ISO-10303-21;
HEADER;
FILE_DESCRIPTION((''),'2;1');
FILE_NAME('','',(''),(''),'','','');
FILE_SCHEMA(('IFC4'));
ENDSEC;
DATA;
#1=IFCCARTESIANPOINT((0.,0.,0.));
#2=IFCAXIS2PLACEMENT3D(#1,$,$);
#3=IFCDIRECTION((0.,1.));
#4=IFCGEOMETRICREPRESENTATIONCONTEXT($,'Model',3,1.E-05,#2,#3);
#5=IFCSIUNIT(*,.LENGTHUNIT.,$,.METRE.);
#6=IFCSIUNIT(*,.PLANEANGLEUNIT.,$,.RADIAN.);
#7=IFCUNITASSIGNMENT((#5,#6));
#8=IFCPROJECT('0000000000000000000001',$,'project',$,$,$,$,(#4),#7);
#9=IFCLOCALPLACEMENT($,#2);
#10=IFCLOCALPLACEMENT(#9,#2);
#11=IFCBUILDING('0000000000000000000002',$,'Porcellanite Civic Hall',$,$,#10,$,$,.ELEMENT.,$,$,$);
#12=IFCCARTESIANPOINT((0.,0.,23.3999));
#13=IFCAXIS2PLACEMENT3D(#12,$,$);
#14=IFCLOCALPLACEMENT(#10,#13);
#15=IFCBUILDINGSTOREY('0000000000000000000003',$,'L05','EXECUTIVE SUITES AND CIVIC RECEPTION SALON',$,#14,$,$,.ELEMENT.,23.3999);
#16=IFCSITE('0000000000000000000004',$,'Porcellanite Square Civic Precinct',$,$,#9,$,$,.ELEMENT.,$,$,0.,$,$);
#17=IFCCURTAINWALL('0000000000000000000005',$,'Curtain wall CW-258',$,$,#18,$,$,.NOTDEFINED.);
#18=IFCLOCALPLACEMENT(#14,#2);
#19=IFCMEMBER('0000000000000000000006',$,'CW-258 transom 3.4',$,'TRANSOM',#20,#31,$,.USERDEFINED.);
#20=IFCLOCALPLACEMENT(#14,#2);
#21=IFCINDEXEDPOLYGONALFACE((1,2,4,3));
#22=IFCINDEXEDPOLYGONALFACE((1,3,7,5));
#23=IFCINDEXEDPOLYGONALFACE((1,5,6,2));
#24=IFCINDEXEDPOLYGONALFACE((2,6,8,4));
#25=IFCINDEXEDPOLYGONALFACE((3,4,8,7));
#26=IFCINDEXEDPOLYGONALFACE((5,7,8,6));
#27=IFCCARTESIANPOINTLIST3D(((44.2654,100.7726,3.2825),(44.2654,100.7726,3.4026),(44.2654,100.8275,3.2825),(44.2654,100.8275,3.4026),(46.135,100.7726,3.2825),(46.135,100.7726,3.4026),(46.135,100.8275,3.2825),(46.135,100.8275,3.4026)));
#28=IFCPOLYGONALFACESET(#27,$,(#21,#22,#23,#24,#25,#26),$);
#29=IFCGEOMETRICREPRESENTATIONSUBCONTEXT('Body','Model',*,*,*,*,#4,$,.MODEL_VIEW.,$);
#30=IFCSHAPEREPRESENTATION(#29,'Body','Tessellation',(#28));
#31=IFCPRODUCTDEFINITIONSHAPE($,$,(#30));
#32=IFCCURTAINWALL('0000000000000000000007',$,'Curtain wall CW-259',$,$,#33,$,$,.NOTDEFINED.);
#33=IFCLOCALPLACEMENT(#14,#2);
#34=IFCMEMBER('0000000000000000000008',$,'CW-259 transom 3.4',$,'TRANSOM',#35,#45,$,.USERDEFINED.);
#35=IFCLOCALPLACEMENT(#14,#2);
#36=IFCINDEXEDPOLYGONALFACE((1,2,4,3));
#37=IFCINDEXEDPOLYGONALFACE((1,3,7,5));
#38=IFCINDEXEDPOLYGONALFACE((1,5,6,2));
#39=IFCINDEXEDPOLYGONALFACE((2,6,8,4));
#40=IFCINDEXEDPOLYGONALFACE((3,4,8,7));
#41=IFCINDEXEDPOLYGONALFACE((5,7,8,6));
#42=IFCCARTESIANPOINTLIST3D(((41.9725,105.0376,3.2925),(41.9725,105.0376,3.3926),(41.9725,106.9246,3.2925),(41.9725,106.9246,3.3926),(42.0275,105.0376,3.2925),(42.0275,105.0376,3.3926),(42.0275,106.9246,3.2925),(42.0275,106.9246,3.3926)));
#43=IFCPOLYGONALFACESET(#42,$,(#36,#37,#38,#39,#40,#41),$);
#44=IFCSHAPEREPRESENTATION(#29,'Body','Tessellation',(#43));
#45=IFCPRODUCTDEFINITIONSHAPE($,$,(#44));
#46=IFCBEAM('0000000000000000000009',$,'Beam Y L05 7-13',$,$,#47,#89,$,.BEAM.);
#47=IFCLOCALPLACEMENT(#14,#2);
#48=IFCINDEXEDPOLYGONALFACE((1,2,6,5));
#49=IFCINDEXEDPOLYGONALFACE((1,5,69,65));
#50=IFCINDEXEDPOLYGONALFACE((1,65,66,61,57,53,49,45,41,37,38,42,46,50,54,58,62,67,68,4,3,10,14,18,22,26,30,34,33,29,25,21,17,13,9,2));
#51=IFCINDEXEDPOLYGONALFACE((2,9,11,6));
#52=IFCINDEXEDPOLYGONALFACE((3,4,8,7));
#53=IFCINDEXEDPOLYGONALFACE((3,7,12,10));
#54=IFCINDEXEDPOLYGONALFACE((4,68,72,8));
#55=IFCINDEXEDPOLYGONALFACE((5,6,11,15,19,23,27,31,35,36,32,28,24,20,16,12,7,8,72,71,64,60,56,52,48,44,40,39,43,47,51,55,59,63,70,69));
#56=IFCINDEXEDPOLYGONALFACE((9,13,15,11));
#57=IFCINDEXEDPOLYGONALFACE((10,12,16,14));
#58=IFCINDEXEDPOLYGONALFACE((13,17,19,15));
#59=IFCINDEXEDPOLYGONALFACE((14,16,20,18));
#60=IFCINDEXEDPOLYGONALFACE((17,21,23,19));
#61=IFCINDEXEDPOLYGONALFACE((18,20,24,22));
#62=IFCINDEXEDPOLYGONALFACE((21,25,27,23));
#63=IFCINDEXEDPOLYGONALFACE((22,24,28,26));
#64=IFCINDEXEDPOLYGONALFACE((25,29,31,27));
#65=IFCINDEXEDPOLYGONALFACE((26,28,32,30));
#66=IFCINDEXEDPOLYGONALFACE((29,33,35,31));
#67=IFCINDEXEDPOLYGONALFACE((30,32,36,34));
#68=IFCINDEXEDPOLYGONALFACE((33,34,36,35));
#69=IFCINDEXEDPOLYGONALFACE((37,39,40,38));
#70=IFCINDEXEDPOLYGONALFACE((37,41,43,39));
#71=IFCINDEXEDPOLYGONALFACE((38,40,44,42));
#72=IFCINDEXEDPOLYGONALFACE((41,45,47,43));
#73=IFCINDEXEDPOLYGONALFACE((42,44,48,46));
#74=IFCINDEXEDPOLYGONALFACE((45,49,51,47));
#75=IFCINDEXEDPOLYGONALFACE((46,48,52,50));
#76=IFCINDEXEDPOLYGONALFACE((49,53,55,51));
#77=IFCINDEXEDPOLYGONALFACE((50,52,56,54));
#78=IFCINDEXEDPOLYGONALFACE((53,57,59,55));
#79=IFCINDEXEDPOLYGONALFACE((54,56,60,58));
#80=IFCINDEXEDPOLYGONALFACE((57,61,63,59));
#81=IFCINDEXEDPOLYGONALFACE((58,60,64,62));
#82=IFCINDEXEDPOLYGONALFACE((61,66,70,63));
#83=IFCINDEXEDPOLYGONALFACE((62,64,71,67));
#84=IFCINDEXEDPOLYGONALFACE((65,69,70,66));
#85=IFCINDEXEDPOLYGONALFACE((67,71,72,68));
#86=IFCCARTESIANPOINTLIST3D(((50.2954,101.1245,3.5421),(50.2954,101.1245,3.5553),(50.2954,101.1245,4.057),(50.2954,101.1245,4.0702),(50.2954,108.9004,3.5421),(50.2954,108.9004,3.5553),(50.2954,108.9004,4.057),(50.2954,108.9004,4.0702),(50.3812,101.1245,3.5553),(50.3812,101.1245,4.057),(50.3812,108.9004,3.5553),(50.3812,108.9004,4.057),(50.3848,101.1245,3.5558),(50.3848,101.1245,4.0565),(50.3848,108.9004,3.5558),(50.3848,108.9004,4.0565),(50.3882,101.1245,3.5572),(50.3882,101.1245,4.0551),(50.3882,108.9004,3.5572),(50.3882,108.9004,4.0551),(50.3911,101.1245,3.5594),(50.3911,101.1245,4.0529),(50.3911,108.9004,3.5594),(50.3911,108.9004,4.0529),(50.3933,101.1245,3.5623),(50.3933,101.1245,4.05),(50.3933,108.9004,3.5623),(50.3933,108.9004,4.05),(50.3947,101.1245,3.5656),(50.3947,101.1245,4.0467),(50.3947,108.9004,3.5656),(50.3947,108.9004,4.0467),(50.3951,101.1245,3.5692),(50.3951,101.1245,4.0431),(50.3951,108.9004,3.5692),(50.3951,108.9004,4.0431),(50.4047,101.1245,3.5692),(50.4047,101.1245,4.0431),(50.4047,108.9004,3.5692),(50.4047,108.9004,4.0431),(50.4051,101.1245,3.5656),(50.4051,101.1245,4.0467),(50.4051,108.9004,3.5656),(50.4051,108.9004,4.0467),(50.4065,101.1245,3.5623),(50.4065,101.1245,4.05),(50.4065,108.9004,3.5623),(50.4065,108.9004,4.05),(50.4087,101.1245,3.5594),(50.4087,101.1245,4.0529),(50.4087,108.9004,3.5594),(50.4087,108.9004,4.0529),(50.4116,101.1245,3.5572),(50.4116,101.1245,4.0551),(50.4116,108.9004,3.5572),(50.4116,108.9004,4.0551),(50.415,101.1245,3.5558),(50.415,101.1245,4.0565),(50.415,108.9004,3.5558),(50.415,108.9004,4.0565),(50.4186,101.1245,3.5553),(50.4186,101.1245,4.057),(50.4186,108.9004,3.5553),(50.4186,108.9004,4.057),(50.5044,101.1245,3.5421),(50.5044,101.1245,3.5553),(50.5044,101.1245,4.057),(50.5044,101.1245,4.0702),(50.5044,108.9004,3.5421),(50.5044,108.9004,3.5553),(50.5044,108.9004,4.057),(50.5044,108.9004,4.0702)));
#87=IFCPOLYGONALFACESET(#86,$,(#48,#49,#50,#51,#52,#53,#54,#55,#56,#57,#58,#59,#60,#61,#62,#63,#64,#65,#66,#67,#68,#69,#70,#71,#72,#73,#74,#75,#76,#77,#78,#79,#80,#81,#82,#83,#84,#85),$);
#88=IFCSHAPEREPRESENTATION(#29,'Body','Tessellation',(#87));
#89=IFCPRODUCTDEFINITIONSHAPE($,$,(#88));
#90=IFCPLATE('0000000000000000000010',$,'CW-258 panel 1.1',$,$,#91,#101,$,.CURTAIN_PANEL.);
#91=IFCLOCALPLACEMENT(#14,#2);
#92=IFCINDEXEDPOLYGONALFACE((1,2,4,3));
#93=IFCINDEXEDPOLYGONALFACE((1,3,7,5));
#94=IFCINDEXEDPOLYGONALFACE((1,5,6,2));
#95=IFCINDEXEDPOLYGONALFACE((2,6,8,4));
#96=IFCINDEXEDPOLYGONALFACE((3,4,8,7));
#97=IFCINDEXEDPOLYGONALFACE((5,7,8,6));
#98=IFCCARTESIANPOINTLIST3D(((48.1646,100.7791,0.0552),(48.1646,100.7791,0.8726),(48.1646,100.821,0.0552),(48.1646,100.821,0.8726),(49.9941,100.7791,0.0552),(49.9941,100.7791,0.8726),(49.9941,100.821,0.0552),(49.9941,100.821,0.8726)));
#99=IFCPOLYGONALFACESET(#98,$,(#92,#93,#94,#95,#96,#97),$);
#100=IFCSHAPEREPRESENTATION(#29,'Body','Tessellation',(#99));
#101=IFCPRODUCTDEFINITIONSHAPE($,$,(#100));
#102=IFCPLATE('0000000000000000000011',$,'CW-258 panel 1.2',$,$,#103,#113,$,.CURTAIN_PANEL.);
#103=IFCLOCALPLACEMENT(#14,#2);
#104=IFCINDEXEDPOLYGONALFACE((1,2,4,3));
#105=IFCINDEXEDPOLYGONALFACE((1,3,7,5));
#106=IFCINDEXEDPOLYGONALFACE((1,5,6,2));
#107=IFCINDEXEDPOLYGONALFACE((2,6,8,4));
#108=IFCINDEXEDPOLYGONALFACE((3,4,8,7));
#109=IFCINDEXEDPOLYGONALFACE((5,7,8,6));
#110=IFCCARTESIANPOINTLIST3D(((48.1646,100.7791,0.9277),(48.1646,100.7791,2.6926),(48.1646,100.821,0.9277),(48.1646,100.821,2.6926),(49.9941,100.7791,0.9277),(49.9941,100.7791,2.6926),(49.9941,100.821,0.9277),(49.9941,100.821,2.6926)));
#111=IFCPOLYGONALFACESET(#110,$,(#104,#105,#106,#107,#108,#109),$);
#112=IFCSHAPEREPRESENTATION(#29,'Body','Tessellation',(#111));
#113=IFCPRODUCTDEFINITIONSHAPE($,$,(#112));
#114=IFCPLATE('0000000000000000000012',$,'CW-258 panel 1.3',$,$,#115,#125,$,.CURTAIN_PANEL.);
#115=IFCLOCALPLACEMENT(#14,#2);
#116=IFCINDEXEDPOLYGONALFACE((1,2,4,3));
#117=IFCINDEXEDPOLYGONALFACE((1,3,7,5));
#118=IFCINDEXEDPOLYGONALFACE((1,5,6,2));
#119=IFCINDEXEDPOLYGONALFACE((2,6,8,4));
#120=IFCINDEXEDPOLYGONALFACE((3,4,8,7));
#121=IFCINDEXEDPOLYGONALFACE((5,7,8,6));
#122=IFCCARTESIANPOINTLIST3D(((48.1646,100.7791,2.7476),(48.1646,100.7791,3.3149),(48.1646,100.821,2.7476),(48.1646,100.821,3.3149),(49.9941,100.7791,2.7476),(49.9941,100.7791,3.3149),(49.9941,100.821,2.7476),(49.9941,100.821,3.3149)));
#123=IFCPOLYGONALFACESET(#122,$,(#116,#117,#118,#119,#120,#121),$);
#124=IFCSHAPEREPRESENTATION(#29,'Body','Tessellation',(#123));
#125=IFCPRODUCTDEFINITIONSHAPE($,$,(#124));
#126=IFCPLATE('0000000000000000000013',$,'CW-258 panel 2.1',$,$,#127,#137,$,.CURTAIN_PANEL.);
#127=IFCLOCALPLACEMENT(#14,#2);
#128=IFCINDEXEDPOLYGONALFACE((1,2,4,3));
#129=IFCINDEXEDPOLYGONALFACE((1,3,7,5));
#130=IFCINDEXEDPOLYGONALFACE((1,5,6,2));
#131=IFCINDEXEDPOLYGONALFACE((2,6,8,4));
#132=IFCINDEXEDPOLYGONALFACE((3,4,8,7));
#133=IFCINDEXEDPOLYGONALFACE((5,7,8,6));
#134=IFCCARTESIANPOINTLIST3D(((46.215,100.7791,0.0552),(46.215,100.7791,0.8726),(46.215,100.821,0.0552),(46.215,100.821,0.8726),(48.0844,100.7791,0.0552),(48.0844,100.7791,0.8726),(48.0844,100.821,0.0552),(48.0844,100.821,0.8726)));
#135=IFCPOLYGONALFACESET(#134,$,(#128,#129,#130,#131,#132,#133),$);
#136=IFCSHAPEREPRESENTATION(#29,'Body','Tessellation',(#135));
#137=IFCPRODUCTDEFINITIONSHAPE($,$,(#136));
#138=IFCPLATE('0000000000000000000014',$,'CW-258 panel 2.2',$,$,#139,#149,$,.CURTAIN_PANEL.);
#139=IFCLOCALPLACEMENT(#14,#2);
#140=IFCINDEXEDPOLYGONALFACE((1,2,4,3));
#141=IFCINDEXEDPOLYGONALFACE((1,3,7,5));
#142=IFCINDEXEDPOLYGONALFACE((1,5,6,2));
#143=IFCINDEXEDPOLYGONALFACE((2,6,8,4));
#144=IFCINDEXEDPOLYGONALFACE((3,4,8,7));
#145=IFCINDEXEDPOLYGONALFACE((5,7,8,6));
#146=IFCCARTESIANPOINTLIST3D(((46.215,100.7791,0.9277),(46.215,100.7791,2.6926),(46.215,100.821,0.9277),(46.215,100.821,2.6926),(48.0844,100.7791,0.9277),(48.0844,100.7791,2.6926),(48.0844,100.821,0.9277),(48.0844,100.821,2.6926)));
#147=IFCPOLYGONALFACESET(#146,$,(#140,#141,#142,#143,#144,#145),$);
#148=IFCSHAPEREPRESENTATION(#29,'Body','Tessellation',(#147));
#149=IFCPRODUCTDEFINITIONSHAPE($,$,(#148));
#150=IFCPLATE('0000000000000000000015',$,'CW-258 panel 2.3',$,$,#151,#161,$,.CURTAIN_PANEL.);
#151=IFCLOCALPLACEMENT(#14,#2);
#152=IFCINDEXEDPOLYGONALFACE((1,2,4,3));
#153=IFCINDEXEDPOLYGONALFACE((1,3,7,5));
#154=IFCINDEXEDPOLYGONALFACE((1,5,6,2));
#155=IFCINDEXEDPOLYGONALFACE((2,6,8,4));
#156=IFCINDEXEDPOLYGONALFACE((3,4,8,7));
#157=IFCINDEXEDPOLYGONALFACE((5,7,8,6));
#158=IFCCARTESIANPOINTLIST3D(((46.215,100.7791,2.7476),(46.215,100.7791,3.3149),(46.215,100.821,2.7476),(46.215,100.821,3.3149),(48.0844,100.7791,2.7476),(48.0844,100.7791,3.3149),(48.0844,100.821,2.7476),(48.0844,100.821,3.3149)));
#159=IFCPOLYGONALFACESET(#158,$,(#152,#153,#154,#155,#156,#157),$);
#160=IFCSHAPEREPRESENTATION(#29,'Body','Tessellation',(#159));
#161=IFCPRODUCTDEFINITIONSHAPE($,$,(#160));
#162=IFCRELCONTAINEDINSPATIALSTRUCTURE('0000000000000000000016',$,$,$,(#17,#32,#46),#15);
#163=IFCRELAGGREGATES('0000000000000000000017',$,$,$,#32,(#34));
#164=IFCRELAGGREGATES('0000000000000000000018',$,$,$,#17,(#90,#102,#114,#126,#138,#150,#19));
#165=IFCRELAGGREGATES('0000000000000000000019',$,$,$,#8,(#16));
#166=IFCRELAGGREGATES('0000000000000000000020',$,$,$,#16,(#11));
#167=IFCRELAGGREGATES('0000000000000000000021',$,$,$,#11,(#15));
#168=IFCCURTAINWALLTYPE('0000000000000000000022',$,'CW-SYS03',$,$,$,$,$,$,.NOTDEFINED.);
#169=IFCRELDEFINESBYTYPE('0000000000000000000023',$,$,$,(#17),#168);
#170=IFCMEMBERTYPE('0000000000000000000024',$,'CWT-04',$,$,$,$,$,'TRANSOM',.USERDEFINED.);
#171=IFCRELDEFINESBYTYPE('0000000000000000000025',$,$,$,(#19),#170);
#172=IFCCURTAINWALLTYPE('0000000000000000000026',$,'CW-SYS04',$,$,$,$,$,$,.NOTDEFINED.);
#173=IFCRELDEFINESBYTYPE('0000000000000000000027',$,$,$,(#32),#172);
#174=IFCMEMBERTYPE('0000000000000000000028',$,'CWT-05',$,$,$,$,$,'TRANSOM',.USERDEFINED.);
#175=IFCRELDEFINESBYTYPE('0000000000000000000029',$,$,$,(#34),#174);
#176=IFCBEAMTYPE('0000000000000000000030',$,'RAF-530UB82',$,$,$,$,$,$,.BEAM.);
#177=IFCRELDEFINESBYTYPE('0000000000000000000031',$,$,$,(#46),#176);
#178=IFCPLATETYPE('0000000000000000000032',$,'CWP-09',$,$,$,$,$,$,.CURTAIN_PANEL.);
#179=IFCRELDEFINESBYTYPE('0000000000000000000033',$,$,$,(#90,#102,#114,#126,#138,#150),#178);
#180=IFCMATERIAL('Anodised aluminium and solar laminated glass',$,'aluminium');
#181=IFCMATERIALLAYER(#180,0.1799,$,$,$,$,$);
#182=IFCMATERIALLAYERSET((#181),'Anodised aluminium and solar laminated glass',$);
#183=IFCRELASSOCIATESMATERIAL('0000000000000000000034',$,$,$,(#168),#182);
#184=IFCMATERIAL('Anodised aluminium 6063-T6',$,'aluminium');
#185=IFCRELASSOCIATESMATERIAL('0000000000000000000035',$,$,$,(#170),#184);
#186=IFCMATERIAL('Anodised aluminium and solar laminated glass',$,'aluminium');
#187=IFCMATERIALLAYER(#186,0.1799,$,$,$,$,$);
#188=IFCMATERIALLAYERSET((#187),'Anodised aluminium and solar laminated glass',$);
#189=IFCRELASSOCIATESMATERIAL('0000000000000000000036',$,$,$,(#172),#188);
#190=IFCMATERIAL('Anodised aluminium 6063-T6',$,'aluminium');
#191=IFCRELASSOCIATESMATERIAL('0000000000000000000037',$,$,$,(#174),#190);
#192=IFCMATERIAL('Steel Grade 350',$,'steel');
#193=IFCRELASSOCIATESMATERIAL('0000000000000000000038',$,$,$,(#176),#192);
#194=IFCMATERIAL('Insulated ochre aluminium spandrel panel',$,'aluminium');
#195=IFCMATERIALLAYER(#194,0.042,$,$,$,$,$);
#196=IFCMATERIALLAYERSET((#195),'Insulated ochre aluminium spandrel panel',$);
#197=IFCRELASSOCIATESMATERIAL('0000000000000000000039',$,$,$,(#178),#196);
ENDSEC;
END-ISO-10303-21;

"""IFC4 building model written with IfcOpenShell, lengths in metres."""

from ifc_helpers import new_model, si_unit, direction, frame, origin, origin_2d, place, context, subcontext, project, spatial, rectangle, i_section, extrude, material, layer, layer_set, material_profile, profile_set, type_object, element, aggregate, save


model = new_model("IFC4")

# Units and contexts
model_context = context("Model", 3, precision=1e-05, world=origin(), true_north=direction((0.0, 1.0)))
body_context = subcontext(model_context, "Body", "Model", "MODEL_VIEW")
ifc_project = project(units=[si_unit("LENGTHUNIT", "METRE"), si_unit("PLANEANGLEUNIT", "RADIAN")], contexts=[model_context])

# Site, building, storey
site_placement = place(None, origin())
site = spatial("IfcSite", under=ifc_project, at=site_placement, Name="Porcellanite Square Civic Precinct", CompositionType="ELEMENT", RefElevation=0.0)
building_placement = place(site_placement, origin())
building = spatial("IfcBuilding", under=site, at=building_placement, Name="Porcellanite Civic Hall", CompositionType="ELEMENT")
storey_placement = place(building_placement, frame((0.0, 0.0, 23.3999)))
storey = spatial("IfcBuildingStorey", under=building, at=storey_placement, Name="L05", Description="EXECUTIVE SUITES AND CIVIC RECEPTION SALON", CompositionType="ELEMENT", Elevation=23.3999)

# Curtain wall, member
ifc_material_1 = material(Name="Anodised aluminium and solar laminated glass", Category="aluminium")
ifc_layer_1 = layer(ifc_material_1, 0.1799)
ifc_layer_set_1 = layer_set([ifc_layer_1], Name="Anodised aluminium and solar laminated glass")
curtain_wall_type_1 = type_object("IfcCurtainWallType", Name="CW-SYS03", PredefinedType="NOTDEFINED", material=ifc_layer_set_1)
curtain_wall_1_placement = place(storey_placement, origin())
curtain_wall_1 = element("IfcCurtainWall", 1, at=curtain_wall_1_placement, inside=storey, type_object=curtain_wall_type_1, Name="Curtain wall CW-258", PredefinedType="NOTDEFINED")
ifc_material_2 = material(Name="Anodised aluminium 6063-T6", Category="aluminium")
ifc_material_profile_1 = material_profile(ifc_material_2, rectangle(XDim=0.0549, YDim=0.1201, at=origin_2d()), Name="AL-55x120")
ifc_profile_set_1 = profile_set([ifc_material_profile_1], Name="Anodised aluminium 6063-T6")
member_type_1 = type_object("IfcMemberType", Name="CWT-04", ElementType="TRANSOM", PredefinedType="USERDEFINED", material=ifc_profile_set_1)
member_1_placement = place(storey_placement, frame((46.135, 100.8, 3.3425), z_axis=(-1.0, 0.0, 0.0), x_axis=(0.0, -1.0, 0.0)))
member_1 = element("IfcMember", 2, at=member_1_placement, type_object=member_type_1, Name="CW-258 transom 3.4", ObjectType="TRANSOM", PredefinedType="USERDEFINED", context=body_context, shape_type="SweptSolid", body=[
    extrude(rectangle(XDim=0.0549, YDim=0.1201, at=origin_2d()), origin(), (0.0, 0.0, 1.0), 1.8696),
])

# Curtain wall, member
ifc_material_3 = material(Name="Anodised aluminium and solar laminated glass", Category="aluminium")
ifc_layer_2 = layer(ifc_material_3, 0.1799)
ifc_layer_set_2 = layer_set([ifc_layer_2], Name="Anodised aluminium and solar laminated glass")
curtain_wall_type_2 = type_object("IfcCurtainWallType", Name="CW-SYS04", PredefinedType="NOTDEFINED", material=ifc_layer_set_2)
curtain_wall_2_placement = place(storey_placement, origin())
curtain_wall_2 = element("IfcCurtainWall", 3, at=curtain_wall_2_placement, inside=storey, type_object=curtain_wall_type_2, Name="Curtain wall CW-259", PredefinedType="NOTDEFINED")
ifc_material_4 = material(Name="Anodised aluminium 6063-T6", Category="aluminium")
ifc_material_profile_2 = material_profile(ifc_material_4, rectangle(XDim=0.0549, YDim=0.1001, at=origin_2d()), Name="AL-55x100")
ifc_profile_set_2 = profile_set([ifc_material_profile_2], Name="Anodised aluminium 6063-T6")
member_type_2 = type_object("IfcMemberType", Name="CWT-05", ElementType="TRANSOM", PredefinedType="USERDEFINED", material=ifc_profile_set_2)
member_2_placement = place(storey_placement, frame((42.0, 105.0376, 3.3425), z_axis=(0.0, 1.0, 0.0), x_axis=(-1.0, 0.0, 0.0)))
member_2 = element("IfcMember", 4, at=member_2_placement, type_object=member_type_2, Name="CW-259 transom 3.4", ObjectType="TRANSOM", PredefinedType="USERDEFINED", context=body_context, shape_type="SweptSolid", body=[
    extrude(rectangle(XDim=0.0549, YDim=0.1001, at=origin_2d()), origin(), (0.0, 0.0, 1.0), 1.887),
])
aggregate(curtain_wall_2, [member_2])

# Beam
ifc_material_5 = material(Name="Steel Grade 350", Category="steel")
ifc_material_profile_3 = material_profile(ifc_material_5, i_section(OverallWidth=0.209, OverallDepth=0.5281, WebThickness=0.0095, FlangeThickness=0.0132, FilletRadius=0.0139, at=origin_2d()), Name="530UB82.0")
ifc_profile_set_3 = profile_set([ifc_material_profile_3], Name="Steel Grade 350")
beam_type_1 = type_object("IfcBeamType", Name="RAF-530UB82", PredefinedType="BEAM", material=ifc_profile_set_3)
beam_1_placement = place(storey_placement, frame((50.3999, 101.1245, 3.8062), z_axis=(0.0, 1.0, 0.0), x_axis=(-1.0, 0.0, 0.0)))
element("IfcBeam", 5, at=beam_1_placement, inside=storey, type_object=beam_type_1, Name="Beam Y L05 7-13", PredefinedType="BEAM", context=body_context, shape_type="SweptSolid", body=[
    extrude(i_section(OverallWidth=0.209, OverallDepth=0.5281, WebThickness=0.0095, FlangeThickness=0.0132, FilletRadius=0.0139, at=origin_2d()), origin(), (0.0, 0.0, 1.0), 7.7759),
])

# Plates
ifc_material_6 = material(Name="Insulated ochre aluminium spandrel panel", Category="aluminium")
ifc_layer_3 = layer(ifc_material_6, 0.042)
ifc_layer_set_3 = layer_set([ifc_layer_3], Name="Insulated ochre aluminium spandrel panel")
plate_type = type_object("IfcPlateType", Name="CWP-09", PredefinedType="CURTAIN_PANEL", material=ifc_layer_set_3)
plate_1_placement = place(storey_placement, frame((49.0793, 100.8, 0.0552), z_axis=(0.0, 0.0, 1.0), x_axis=(-1.0, 0.0, 0.0)))
plate_1 = element("IfcPlate", 6, at=plate_1_placement, type_object=plate_type, Name="CW-258 panel 1.1", PredefinedType="CURTAIN_PANEL", context=body_context, shape_type="SweptSolid", body=[
    extrude(rectangle(XDim=1.8296, YDim=0.042, at=origin_2d()), origin(), (0.0, 0.0, 1.0), 0.8174),
])
plate_2_placement = place(storey_placement, frame((49.0793, 100.8, 0.9277), z_axis=(0.0, 0.0, 1.0), x_axis=(-1.0, 0.0, 0.0)))
plate_2 = element("IfcPlate", 7, at=plate_2_placement, type_object=plate_type, Name="CW-258 panel 1.2", PredefinedType="CURTAIN_PANEL", context=body_context, shape_type="SweptSolid", body=[
    extrude(rectangle(XDim=1.8296, YDim=0.042, at=origin_2d()), origin(), (0.0, 0.0, 1.0), 1.7649),
])
plate_3_placement = place(storey_placement, frame((49.0793, 100.8, 2.7476), z_axis=(0.0, 0.0, 1.0), x_axis=(-1.0, 0.0, 0.0)))
plate_3 = element("IfcPlate", 8, at=plate_3_placement, type_object=plate_type, Name="CW-258 panel 1.3", PredefinedType="CURTAIN_PANEL", context=body_context, shape_type="SweptSolid", body=[
    extrude(rectangle(XDim=1.8296, YDim=0.042, at=origin_2d()), origin(), (0.0, 0.0, 1.0), 0.5674),
])
plate_4_placement = place(storey_placement, frame((47.1497, 100.8, 0.0552), z_axis=(0.0, 0.0, 1.0), x_axis=(-1.0, 0.0, 0.0)))
plate_4 = element("IfcPlate", 9, at=plate_4_placement, type_object=plate_type, Name="CW-258 panel 2.1", PredefinedType="CURTAIN_PANEL", context=body_context, shape_type="SweptSolid", body=[
    extrude(rectangle(XDim=1.8694, YDim=0.042, at=origin_2d()), origin(), (0.0, 0.0, 1.0), 0.8174),
])
plate_5_placement = place(storey_placement, frame((47.1497, 100.8, 0.9277), z_axis=(0.0, 0.0, 1.0), x_axis=(-1.0, 0.0, 0.0)))
plate_5 = element("IfcPlate", 10, at=plate_5_placement, type_object=plate_type, Name="CW-258 panel 2.2", PredefinedType="CURTAIN_PANEL", context=body_context, shape_type="SweptSolid", body=[
    extrude(rectangle(XDim=1.8694, YDim=0.042, at=origin_2d()), origin(), (0.0, 0.0, 1.0), 1.7649),
])
plate_6_placement = place(storey_placement, frame((47.1497, 100.8, 2.7476), z_axis=(0.0, 0.0, 1.0), x_axis=(-1.0, 0.0, 0.0)))
plate_6 = element("IfcPlate", 11, at=plate_6_placement, type_object=plate_type, Name="CW-258 panel 2.3", PredefinedType="CURTAIN_PANEL", context=body_context, shape_type="SweptSolid", body=[
    extrude(rectangle(XDim=1.8694, YDim=0.042, at=origin_2d()), origin(), (0.0, 0.0, 1.0), 0.5674),
])
aggregate(curtain_wall_1, [plate_1, plate_2, plate_3, plate_4, plate_5, plate_6, member_1])

save(model, "model.ifc")
